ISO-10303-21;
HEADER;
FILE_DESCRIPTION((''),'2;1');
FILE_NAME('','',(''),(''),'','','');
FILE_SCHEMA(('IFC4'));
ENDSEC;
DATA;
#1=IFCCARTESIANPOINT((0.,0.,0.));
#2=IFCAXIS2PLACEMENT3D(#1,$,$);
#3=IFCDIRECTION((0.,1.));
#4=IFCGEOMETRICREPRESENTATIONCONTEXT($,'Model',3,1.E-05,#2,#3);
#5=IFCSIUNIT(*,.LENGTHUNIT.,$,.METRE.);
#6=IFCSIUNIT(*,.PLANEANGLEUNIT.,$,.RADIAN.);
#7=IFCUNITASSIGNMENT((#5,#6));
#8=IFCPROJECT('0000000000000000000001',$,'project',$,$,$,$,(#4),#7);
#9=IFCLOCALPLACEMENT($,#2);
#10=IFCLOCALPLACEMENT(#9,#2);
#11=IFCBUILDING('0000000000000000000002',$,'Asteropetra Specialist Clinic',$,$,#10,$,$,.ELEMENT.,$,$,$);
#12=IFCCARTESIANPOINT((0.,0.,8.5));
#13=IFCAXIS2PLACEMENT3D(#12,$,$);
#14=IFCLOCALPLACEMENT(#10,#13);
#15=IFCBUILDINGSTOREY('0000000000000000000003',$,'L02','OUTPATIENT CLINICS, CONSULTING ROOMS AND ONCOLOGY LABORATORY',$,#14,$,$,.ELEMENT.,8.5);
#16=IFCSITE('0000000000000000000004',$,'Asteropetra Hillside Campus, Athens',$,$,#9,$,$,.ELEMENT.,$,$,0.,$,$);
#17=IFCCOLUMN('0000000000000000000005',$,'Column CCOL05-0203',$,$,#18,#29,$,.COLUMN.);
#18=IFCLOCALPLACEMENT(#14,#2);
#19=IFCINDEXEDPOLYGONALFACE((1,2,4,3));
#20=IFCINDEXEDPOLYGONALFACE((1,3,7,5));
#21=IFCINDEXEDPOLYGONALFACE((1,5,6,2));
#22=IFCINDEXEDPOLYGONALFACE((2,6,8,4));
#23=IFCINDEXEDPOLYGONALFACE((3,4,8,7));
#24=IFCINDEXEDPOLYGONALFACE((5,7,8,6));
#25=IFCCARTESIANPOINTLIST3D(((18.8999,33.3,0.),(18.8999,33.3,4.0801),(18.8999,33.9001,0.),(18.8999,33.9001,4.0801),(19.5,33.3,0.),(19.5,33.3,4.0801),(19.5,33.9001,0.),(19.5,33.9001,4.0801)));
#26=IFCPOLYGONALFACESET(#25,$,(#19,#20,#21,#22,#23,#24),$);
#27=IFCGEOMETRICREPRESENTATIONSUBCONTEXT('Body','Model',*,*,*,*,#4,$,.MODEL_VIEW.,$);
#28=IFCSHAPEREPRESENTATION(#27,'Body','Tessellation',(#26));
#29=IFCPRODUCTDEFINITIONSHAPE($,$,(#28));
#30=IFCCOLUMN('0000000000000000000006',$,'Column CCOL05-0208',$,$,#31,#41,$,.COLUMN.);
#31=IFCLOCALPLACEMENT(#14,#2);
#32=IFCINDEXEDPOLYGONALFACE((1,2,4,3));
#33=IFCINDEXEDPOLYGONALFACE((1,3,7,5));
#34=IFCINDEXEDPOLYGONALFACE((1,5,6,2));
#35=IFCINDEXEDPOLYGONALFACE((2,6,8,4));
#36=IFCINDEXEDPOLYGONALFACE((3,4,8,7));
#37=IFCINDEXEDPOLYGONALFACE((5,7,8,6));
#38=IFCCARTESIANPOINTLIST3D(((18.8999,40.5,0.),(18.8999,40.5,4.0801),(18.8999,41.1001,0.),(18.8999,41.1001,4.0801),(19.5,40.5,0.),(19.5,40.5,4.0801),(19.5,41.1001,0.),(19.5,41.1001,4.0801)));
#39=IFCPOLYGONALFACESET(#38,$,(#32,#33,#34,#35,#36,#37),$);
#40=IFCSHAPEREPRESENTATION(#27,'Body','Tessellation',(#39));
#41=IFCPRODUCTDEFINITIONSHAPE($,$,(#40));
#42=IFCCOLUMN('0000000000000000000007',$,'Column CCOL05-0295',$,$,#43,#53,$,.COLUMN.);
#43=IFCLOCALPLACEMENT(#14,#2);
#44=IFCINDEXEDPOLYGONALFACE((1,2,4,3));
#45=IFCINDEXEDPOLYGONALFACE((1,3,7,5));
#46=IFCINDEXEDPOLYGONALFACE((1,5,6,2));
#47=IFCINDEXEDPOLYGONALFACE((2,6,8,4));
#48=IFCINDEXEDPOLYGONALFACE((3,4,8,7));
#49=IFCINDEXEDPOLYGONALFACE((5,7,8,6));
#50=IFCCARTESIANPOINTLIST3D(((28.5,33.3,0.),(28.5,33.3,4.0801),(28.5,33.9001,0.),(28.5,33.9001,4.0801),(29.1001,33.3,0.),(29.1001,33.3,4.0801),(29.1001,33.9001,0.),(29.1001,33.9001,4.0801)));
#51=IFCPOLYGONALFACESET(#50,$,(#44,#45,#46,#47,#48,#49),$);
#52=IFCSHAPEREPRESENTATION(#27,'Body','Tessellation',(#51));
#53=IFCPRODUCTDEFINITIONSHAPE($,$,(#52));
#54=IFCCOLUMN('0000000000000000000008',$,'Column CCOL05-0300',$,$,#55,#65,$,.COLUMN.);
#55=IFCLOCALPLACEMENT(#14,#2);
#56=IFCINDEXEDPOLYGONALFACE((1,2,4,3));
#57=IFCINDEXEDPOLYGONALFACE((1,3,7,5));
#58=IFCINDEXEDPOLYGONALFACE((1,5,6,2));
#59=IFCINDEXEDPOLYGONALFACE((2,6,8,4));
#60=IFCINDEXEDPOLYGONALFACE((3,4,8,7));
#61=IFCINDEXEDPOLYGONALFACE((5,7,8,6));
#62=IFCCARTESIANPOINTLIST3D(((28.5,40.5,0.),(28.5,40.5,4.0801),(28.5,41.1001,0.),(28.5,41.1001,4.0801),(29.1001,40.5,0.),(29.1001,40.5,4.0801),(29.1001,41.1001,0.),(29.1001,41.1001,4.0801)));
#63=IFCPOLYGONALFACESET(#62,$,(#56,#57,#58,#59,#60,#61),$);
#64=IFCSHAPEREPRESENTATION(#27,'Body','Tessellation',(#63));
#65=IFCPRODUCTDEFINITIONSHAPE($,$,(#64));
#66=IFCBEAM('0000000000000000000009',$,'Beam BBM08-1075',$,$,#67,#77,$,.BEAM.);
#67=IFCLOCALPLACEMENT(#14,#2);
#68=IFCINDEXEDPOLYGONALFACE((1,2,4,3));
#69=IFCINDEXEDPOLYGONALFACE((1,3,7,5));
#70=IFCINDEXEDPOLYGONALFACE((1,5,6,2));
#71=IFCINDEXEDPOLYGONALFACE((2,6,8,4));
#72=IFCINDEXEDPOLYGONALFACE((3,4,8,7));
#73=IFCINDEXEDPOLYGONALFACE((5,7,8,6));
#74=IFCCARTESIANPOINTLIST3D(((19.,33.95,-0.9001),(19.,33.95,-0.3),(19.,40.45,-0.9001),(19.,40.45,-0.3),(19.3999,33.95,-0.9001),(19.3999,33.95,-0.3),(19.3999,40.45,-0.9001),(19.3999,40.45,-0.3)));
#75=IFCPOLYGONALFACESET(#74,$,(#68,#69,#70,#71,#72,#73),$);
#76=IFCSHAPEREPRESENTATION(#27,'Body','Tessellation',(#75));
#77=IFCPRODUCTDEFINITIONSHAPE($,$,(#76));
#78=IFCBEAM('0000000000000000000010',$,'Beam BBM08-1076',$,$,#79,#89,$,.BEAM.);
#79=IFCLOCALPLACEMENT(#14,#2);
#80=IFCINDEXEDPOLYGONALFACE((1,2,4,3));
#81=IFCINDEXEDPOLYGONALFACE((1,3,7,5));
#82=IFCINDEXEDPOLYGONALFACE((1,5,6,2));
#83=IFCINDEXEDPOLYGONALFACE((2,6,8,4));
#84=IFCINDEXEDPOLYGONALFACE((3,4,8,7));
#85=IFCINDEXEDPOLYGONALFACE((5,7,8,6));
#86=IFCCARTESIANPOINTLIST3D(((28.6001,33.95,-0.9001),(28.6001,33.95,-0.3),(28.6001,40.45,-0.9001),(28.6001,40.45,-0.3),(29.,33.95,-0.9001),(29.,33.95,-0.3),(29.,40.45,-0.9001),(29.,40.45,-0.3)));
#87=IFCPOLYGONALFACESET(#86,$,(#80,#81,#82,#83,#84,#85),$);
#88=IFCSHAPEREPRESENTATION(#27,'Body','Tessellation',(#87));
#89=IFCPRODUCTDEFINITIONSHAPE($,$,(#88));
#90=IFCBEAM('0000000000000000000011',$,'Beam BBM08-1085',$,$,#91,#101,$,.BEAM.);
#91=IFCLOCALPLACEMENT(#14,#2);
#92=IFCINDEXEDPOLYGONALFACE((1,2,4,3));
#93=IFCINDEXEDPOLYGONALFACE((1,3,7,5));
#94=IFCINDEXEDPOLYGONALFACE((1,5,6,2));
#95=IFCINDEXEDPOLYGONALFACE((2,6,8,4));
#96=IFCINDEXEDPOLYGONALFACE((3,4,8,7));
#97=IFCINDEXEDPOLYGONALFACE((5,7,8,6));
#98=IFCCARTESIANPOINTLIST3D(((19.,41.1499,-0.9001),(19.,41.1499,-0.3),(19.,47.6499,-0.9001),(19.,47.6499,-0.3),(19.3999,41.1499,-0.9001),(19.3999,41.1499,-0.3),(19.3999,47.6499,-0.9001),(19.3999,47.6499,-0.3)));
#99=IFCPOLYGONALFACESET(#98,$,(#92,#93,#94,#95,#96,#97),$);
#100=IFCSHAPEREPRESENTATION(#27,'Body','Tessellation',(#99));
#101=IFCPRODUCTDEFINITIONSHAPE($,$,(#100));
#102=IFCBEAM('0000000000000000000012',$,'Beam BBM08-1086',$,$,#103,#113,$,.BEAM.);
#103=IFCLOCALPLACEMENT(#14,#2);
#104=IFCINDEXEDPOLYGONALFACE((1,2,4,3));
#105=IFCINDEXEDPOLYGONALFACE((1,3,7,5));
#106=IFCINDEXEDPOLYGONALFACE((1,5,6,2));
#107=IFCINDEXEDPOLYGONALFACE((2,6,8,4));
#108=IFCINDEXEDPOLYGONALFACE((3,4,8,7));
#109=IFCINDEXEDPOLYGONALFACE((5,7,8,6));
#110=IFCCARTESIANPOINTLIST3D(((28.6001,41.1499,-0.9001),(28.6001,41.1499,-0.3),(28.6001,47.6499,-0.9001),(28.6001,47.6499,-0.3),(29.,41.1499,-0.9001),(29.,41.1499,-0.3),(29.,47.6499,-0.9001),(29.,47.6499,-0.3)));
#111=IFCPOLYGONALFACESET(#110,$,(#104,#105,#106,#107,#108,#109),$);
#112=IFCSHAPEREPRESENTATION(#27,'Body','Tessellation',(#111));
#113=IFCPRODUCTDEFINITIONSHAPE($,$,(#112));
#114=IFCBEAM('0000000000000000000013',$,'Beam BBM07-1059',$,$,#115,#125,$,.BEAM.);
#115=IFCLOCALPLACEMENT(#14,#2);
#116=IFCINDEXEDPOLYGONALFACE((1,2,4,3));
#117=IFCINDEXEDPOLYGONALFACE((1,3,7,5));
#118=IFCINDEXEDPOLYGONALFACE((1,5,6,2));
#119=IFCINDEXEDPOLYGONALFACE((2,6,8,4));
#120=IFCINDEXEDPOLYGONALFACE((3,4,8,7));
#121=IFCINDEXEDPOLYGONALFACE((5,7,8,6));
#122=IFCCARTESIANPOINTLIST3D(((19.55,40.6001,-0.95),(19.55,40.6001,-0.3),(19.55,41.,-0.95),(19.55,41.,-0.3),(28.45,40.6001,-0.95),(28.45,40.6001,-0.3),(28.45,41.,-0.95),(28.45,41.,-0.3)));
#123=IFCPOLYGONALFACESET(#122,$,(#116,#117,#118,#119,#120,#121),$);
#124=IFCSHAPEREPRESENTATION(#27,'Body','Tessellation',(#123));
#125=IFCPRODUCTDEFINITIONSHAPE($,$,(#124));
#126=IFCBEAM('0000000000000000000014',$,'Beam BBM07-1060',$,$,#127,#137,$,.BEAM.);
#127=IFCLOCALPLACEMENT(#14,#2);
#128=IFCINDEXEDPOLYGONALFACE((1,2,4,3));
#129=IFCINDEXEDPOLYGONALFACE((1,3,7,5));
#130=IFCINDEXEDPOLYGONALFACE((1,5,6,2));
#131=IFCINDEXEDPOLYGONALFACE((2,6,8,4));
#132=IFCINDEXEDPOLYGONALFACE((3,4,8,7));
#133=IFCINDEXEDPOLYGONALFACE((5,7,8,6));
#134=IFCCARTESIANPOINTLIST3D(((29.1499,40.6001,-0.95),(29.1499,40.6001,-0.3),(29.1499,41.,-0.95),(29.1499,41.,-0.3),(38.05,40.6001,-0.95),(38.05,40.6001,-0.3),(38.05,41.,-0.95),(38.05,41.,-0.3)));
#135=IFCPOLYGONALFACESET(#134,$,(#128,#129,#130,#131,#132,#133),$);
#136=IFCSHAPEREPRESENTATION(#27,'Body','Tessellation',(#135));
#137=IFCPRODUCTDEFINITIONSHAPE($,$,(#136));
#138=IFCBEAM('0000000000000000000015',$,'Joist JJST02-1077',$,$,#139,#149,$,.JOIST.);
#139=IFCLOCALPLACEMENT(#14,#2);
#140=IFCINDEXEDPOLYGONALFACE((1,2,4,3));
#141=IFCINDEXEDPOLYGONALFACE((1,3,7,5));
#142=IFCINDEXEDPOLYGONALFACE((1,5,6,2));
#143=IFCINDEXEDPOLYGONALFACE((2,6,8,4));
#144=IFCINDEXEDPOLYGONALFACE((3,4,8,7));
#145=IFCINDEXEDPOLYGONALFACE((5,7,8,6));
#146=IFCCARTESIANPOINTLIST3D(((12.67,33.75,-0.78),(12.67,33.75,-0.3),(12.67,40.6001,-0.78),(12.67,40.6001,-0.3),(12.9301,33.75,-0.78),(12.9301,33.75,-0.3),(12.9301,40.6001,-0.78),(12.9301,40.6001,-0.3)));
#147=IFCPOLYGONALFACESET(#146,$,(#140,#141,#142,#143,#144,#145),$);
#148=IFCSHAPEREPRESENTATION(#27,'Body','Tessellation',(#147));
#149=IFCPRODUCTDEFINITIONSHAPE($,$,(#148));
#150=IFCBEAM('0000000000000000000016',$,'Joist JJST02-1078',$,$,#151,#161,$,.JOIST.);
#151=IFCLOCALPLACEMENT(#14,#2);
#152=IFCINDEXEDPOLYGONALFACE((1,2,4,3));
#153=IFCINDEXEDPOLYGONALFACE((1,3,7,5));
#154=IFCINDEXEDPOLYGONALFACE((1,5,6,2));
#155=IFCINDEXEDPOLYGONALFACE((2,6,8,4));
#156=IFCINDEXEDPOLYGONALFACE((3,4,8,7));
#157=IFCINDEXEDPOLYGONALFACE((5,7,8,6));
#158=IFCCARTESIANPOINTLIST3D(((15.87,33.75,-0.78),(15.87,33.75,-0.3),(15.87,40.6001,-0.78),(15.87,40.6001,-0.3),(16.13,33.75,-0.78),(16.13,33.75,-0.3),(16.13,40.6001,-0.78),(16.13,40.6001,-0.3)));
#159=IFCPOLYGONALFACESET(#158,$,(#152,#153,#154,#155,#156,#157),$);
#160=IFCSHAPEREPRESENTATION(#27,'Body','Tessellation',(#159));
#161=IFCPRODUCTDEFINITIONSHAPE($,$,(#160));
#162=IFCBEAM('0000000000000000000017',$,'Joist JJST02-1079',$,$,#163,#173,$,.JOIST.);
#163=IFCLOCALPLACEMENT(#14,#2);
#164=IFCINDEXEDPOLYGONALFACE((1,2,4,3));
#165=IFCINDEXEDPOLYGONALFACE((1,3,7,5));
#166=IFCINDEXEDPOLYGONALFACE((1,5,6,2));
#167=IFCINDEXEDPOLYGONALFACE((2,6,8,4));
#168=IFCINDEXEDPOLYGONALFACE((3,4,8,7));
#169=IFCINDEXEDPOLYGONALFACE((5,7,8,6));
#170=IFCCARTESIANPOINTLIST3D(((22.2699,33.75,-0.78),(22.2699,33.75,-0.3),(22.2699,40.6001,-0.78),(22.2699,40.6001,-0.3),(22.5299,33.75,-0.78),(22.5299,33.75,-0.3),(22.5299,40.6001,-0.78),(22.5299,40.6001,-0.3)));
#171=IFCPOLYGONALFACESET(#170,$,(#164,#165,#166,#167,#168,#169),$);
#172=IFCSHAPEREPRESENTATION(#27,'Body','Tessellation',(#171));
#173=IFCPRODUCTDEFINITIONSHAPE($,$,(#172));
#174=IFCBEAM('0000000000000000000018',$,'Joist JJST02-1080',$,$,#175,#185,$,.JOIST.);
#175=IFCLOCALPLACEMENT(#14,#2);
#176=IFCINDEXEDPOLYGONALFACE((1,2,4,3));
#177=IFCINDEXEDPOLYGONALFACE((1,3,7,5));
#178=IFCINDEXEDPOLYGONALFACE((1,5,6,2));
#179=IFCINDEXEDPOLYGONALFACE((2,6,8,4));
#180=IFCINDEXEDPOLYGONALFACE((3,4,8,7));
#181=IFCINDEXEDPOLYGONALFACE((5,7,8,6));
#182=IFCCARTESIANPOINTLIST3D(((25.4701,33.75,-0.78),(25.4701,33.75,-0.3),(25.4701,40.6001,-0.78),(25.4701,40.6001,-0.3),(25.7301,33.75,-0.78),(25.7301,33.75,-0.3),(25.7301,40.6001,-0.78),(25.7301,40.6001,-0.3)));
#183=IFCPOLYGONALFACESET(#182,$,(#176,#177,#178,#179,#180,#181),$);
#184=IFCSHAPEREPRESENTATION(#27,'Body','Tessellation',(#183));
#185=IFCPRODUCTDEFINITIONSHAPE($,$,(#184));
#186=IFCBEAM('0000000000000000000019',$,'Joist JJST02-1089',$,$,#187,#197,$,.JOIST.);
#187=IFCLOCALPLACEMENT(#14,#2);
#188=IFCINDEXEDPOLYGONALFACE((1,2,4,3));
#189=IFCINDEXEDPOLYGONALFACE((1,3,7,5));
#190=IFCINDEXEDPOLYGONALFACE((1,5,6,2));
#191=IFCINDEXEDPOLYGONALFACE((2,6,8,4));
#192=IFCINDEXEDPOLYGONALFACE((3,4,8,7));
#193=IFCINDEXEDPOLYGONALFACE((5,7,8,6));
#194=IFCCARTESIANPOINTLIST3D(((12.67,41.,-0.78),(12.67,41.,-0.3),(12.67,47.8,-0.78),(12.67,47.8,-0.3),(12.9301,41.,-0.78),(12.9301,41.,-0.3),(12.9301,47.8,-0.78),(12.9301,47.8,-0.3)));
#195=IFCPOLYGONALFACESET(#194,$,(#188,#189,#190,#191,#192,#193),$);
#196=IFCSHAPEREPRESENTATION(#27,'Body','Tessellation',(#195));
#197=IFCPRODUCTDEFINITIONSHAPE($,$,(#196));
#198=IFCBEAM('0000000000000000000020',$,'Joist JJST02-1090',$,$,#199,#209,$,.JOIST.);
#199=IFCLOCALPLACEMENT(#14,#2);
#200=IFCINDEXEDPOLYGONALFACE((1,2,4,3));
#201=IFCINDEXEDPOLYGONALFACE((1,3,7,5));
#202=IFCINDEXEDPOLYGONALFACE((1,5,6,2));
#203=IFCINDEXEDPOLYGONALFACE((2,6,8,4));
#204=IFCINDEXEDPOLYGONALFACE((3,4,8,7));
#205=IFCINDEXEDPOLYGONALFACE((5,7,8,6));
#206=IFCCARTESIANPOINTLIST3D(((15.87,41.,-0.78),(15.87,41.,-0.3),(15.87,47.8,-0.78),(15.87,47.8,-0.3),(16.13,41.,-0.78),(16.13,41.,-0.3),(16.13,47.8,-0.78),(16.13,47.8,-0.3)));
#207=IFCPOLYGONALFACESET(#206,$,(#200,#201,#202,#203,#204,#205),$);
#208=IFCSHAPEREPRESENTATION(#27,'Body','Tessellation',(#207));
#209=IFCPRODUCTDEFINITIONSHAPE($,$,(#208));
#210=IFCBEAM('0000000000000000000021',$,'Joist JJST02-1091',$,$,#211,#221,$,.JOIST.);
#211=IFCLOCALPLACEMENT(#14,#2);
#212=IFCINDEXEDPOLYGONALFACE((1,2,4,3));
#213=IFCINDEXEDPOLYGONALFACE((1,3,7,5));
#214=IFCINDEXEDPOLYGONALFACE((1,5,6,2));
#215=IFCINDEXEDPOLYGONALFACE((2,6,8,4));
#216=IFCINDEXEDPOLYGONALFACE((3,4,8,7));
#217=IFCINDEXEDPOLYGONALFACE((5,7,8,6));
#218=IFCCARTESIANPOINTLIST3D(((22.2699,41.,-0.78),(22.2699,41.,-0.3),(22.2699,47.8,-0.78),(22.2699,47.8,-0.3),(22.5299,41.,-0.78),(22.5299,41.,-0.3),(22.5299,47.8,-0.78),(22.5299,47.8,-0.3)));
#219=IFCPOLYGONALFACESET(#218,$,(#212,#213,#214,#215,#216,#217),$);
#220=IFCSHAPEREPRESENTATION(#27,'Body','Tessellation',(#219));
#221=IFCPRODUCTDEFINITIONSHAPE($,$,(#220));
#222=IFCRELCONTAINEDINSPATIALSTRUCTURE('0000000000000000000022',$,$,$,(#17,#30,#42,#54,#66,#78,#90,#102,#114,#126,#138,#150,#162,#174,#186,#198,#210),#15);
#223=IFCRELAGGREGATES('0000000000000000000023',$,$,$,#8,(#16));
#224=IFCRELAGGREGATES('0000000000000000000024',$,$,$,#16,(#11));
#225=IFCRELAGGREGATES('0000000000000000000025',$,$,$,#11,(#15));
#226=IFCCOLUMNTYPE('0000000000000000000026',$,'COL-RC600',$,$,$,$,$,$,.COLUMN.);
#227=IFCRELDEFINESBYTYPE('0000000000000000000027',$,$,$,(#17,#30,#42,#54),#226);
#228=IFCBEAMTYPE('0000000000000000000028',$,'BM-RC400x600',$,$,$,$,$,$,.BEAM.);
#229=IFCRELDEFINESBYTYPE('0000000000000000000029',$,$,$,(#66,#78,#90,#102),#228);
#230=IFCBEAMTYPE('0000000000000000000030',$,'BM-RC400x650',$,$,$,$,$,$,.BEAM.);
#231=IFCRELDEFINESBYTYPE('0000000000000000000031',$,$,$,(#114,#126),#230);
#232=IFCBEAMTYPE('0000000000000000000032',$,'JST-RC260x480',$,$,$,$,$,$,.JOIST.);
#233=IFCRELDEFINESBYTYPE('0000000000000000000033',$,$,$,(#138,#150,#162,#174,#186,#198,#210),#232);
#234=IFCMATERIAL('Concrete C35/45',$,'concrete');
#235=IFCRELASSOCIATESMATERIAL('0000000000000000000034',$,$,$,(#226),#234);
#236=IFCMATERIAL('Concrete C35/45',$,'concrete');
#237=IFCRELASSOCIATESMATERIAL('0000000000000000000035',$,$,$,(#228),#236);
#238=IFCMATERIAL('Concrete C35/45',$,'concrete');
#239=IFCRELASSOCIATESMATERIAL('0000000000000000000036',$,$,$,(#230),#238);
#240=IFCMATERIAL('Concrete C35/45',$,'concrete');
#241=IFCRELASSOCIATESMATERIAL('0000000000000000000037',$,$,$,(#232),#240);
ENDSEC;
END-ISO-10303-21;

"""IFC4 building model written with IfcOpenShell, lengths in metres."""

from ifc_helpers import new_model, si_unit, direction, frame, origin, origin_2d, place, context, subcontext, project, spatial, rectangle, extrude, material, material_profile, profile_set, type_object, element, save


model = new_model("IFC4")

# Units and contexts
model_context = context("Model", 3, precision=1e-05, world=origin(), true_north=direction((0.0, 1.0)))
body_context = subcontext(model_context, "Body", "Model", "MODEL_VIEW")
ifc_project = project(units=[si_unit("LENGTHUNIT", "METRE"), si_unit("PLANEANGLEUNIT", "RADIAN")], contexts=[model_context])

# Site, building, storey
site_placement = place(None, origin())
site = spatial("IfcSite", under=ifc_project, at=site_placement, Name="Asteropetra Hillside Campus, Athens", CompositionType="ELEMENT", RefElevation=0.0)
building_placement = place(site_placement, origin())
building = spatial("IfcBuilding", under=site, at=building_placement, Name="Asteropetra Specialist Clinic", CompositionType="ELEMENT")
storey_placement = place(building_placement, frame((0.0, 0.0, 8.5)))
storey = spatial("IfcBuildingStorey", under=building, at=storey_placement, Name="L02", Description="OUTPATIENT CLINICS, CONSULTING ROOMS AND ONCOLOGY LABORATORY", CompositionType="ELEMENT", Elevation=8.5)

# Columns
ifc_material_1 = material(Name="Concrete C35/45", Category="concrete")
ifc_material_profile_1 = material_profile(ifc_material_1, rectangle(XDim=0.6001, YDim=0.6001, at=origin_2d()), Name="RC 600x600")
ifc_profile_set_1 = profile_set([ifc_material_profile_1], Name="Concrete C35/45")
column_type = type_object("IfcColumnType", Name="COL-RC600", PredefinedType="COLUMN", material=ifc_profile_set_1)
for number, where, z_axis, x_axis, name in (
    (1, (19.2, 33.6001, 0.0), (0.0, 0.0, 1.0), (1.0, 0.0, 0.0), "Column CCOL05-0203"),
    (2, (19.2, 40.8, 0.0), (0.0, 0.0, 1.0), (1.0, 0.0, 0.0), "Column CCOL05-0208"),
    (3, (28.8, 33.6001, 0.0), (0.0, 0.0, 1.0), (1.0, 0.0, 0.0), "Column CCOL05-0295"),
    (4, (28.8, 40.8, 0.0), (0.0, 0.0, 1.0), (1.0, 0.0, 0.0), "Column CCOL05-0300"),
):
    element("IfcColumn", number, at=place(storey_placement, frame(where, z_axis=z_axis, x_axis=x_axis)), inside=storey, type_object=column_type, Name=name, PredefinedType="COLUMN", context=body_context, shape_type="SweptSolid", body=[
        extrude(rectangle(XDim=0.6001, YDim=0.6001, at=origin_2d()), origin(), (0.0, 0.0, 1.0), 4.0801),
    ])

# Beams
ifc_material_2 = material(Name="Concrete C35/45", Category="concrete")
ifc_material_profile_2 = material_profile(ifc_material_2, rectangle(XDim=0.3999, YDim=0.6001, at=origin_2d()), Name="RCB 400x600")
ifc_profile_set_2 = profile_set([ifc_material_profile_2], Name="Concrete C35/45")
beam_type_1 = type_object("IfcBeamType", Name="BM-RC400x600", PredefinedType="BEAM", material=ifc_profile_set_2)
for number, where, z_axis, x_axis, name in (
    (5, (19.2, 33.95, -0.6001), (0.0, 1.0, 0.0), (-1.0, 0.0, 0.0), "Beam BBM08-1075"),
    (6, (28.8, 33.95, -0.6001), (0.0, 1.0, 0.0), (-1.0, 0.0, 0.0), "Beam BBM08-1076"),
    (7, (19.2, 41.1499, -0.6001), (0.0, 1.0, 0.0), (-1.0, 0.0, 0.0), "Beam BBM08-1085"),
    (8, (28.8, 41.1499, -0.6001), (0.0, 1.0, 0.0), (-1.0, 0.0, 0.0), "Beam BBM08-1086"),
):
    element("IfcBeam", number, at=place(storey_placement, frame(where, z_axis=z_axis, x_axis=x_axis)), inside=storey, type_object=beam_type_1, Name=name, PredefinedType="BEAM", context=body_context, shape_type="SweptSolid", body=[
        extrude(rectangle(XDim=0.3999, YDim=0.6001, at=origin_2d()), origin(), (0.0, 0.0, 1.0), 6.5),
    ])
ifc_material_3 = material(Name="Concrete C35/45", Category="concrete")
ifc_material_profile_3 = material_profile(ifc_material_3, rectangle(XDim=0.3999, YDim=0.6499, at=origin_2d()), Name="RCB 400x650")
ifc_profile_set_3 = profile_set([ifc_material_profile_3], Name="Concrete C35/45")
beam_type_2 = type_object("IfcBeamType", Name="BM-RC400x650", PredefinedType="BEAM", material=ifc_profile_set_3)
beam_1_placement = place(storey_placement, frame((19.55, 40.8, -0.625), z_axis=(1.0, 0.0, 0.0), x_axis=(0.0, 1.0, 0.0)))
element("IfcBeam", 9, at=beam_1_placement, inside=storey, type_object=beam_type_2, Name="Beam BBM07-1059", PredefinedType="BEAM", context=body_context, shape_type="SweptSolid", body=[
    extrude(rectangle(XDim=0.3999, YDim=0.6499, at=origin_2d()), origin(), (0.0, 0.0, 1.0), 8.8999),
])
beam_2_placement = place(storey_placement, frame((29.1499, 40.8, -0.625), z_axis=(1.0, 0.0, 0.0), x_axis=(0.0, 1.0, 0.0)))
element("IfcBeam", 10, at=beam_2_placement, inside=storey, type_object=beam_type_2, Name="Beam BBM07-1060", PredefinedType="BEAM", context=body_context, shape_type="SweptSolid", body=[
    extrude(rectangle(XDim=0.3999, YDim=0.6499, at=origin_2d()), origin(), (0.0, 0.0, 1.0), 8.9001),
])
ifc_material_4 = material(Name="Concrete C35/45", Category="concrete")
ifc_material_profile_4 = material_profile(ifc_material_4, rectangle(XDim=0.26, YDim=0.48, at=origin_2d()), Name="RCJ 260x480")
ifc_profile_set_4 = profile_set([ifc_material_profile_4], Name="Concrete C35/45")
beam_type_3 = type_object("IfcBeamType", Name="JST-RC260x480", PredefinedType="JOIST", material=ifc_profile_set_4)
for number, where, z_axis, x_axis, name in (
    (11, (12.8, 33.75, -0.54), (0.0, 1.0, 0.0), (-1.0, 0.0, 0.0), "Joist JJST02-1077"),
    (12, (16.0, 33.75, -0.54), (0.0, 1.0, 0.0), (-1.0, 0.0, 0.0), "Joist JJST02-1078"),
    (13, (22.3999, 33.75, -0.54), (0.0, 1.0, 0.0), (-1.0, 0.0, 0.0), "Joist JJST02-1079"),
    (14, (25.6001, 33.75, -0.54), (0.0, 1.0, 0.0), (-1.0, 0.0, 0.0), "Joist JJST02-1080"),
):
    element("IfcBeam", number, at=place(storey_placement, frame(where, z_axis=z_axis, x_axis=x_axis)), inside=storey, type_object=beam_type_3, Name=name, PredefinedType="JOIST", context=body_context, shape_type="SweptSolid", body=[
        extrude(rectangle(XDim=0.26, YDim=0.48, at=origin_2d()), origin(), (0.0, 0.0, 1.0), 6.8501),
    ])
for number, where, z_axis, x_axis, name in (
    (15, (12.8, 41.0, -0.54), (0.0, 1.0, 0.0), (-1.0, 0.0, 0.0), "Joist JJST02-1089"),
    (16, (16.0, 41.0, -0.54), (0.0, 1.0, 0.0), (-1.0, 0.0, 0.0), "Joist JJST02-1090"),
    (17, (22.3999, 41.0, -0.54), (0.0, 1.0, 0.0), (-1.0, 0.0, 0.0), "Joist JJST02-1091"),
):
    element("IfcBeam", number, at=place(storey_placement, frame(where, z_axis=z_axis, x_axis=x_axis)), inside=storey, type_object=beam_type_3, Name=name, PredefinedType="JOIST", context=body_context, shape_type="SweptSolid", body=[
        extrude(rectangle(XDim=0.26, YDim=0.48, at=origin_2d()), origin(), (0.0, 0.0, 1.0), 6.8),
    ])

save(model, "model.ifc")
